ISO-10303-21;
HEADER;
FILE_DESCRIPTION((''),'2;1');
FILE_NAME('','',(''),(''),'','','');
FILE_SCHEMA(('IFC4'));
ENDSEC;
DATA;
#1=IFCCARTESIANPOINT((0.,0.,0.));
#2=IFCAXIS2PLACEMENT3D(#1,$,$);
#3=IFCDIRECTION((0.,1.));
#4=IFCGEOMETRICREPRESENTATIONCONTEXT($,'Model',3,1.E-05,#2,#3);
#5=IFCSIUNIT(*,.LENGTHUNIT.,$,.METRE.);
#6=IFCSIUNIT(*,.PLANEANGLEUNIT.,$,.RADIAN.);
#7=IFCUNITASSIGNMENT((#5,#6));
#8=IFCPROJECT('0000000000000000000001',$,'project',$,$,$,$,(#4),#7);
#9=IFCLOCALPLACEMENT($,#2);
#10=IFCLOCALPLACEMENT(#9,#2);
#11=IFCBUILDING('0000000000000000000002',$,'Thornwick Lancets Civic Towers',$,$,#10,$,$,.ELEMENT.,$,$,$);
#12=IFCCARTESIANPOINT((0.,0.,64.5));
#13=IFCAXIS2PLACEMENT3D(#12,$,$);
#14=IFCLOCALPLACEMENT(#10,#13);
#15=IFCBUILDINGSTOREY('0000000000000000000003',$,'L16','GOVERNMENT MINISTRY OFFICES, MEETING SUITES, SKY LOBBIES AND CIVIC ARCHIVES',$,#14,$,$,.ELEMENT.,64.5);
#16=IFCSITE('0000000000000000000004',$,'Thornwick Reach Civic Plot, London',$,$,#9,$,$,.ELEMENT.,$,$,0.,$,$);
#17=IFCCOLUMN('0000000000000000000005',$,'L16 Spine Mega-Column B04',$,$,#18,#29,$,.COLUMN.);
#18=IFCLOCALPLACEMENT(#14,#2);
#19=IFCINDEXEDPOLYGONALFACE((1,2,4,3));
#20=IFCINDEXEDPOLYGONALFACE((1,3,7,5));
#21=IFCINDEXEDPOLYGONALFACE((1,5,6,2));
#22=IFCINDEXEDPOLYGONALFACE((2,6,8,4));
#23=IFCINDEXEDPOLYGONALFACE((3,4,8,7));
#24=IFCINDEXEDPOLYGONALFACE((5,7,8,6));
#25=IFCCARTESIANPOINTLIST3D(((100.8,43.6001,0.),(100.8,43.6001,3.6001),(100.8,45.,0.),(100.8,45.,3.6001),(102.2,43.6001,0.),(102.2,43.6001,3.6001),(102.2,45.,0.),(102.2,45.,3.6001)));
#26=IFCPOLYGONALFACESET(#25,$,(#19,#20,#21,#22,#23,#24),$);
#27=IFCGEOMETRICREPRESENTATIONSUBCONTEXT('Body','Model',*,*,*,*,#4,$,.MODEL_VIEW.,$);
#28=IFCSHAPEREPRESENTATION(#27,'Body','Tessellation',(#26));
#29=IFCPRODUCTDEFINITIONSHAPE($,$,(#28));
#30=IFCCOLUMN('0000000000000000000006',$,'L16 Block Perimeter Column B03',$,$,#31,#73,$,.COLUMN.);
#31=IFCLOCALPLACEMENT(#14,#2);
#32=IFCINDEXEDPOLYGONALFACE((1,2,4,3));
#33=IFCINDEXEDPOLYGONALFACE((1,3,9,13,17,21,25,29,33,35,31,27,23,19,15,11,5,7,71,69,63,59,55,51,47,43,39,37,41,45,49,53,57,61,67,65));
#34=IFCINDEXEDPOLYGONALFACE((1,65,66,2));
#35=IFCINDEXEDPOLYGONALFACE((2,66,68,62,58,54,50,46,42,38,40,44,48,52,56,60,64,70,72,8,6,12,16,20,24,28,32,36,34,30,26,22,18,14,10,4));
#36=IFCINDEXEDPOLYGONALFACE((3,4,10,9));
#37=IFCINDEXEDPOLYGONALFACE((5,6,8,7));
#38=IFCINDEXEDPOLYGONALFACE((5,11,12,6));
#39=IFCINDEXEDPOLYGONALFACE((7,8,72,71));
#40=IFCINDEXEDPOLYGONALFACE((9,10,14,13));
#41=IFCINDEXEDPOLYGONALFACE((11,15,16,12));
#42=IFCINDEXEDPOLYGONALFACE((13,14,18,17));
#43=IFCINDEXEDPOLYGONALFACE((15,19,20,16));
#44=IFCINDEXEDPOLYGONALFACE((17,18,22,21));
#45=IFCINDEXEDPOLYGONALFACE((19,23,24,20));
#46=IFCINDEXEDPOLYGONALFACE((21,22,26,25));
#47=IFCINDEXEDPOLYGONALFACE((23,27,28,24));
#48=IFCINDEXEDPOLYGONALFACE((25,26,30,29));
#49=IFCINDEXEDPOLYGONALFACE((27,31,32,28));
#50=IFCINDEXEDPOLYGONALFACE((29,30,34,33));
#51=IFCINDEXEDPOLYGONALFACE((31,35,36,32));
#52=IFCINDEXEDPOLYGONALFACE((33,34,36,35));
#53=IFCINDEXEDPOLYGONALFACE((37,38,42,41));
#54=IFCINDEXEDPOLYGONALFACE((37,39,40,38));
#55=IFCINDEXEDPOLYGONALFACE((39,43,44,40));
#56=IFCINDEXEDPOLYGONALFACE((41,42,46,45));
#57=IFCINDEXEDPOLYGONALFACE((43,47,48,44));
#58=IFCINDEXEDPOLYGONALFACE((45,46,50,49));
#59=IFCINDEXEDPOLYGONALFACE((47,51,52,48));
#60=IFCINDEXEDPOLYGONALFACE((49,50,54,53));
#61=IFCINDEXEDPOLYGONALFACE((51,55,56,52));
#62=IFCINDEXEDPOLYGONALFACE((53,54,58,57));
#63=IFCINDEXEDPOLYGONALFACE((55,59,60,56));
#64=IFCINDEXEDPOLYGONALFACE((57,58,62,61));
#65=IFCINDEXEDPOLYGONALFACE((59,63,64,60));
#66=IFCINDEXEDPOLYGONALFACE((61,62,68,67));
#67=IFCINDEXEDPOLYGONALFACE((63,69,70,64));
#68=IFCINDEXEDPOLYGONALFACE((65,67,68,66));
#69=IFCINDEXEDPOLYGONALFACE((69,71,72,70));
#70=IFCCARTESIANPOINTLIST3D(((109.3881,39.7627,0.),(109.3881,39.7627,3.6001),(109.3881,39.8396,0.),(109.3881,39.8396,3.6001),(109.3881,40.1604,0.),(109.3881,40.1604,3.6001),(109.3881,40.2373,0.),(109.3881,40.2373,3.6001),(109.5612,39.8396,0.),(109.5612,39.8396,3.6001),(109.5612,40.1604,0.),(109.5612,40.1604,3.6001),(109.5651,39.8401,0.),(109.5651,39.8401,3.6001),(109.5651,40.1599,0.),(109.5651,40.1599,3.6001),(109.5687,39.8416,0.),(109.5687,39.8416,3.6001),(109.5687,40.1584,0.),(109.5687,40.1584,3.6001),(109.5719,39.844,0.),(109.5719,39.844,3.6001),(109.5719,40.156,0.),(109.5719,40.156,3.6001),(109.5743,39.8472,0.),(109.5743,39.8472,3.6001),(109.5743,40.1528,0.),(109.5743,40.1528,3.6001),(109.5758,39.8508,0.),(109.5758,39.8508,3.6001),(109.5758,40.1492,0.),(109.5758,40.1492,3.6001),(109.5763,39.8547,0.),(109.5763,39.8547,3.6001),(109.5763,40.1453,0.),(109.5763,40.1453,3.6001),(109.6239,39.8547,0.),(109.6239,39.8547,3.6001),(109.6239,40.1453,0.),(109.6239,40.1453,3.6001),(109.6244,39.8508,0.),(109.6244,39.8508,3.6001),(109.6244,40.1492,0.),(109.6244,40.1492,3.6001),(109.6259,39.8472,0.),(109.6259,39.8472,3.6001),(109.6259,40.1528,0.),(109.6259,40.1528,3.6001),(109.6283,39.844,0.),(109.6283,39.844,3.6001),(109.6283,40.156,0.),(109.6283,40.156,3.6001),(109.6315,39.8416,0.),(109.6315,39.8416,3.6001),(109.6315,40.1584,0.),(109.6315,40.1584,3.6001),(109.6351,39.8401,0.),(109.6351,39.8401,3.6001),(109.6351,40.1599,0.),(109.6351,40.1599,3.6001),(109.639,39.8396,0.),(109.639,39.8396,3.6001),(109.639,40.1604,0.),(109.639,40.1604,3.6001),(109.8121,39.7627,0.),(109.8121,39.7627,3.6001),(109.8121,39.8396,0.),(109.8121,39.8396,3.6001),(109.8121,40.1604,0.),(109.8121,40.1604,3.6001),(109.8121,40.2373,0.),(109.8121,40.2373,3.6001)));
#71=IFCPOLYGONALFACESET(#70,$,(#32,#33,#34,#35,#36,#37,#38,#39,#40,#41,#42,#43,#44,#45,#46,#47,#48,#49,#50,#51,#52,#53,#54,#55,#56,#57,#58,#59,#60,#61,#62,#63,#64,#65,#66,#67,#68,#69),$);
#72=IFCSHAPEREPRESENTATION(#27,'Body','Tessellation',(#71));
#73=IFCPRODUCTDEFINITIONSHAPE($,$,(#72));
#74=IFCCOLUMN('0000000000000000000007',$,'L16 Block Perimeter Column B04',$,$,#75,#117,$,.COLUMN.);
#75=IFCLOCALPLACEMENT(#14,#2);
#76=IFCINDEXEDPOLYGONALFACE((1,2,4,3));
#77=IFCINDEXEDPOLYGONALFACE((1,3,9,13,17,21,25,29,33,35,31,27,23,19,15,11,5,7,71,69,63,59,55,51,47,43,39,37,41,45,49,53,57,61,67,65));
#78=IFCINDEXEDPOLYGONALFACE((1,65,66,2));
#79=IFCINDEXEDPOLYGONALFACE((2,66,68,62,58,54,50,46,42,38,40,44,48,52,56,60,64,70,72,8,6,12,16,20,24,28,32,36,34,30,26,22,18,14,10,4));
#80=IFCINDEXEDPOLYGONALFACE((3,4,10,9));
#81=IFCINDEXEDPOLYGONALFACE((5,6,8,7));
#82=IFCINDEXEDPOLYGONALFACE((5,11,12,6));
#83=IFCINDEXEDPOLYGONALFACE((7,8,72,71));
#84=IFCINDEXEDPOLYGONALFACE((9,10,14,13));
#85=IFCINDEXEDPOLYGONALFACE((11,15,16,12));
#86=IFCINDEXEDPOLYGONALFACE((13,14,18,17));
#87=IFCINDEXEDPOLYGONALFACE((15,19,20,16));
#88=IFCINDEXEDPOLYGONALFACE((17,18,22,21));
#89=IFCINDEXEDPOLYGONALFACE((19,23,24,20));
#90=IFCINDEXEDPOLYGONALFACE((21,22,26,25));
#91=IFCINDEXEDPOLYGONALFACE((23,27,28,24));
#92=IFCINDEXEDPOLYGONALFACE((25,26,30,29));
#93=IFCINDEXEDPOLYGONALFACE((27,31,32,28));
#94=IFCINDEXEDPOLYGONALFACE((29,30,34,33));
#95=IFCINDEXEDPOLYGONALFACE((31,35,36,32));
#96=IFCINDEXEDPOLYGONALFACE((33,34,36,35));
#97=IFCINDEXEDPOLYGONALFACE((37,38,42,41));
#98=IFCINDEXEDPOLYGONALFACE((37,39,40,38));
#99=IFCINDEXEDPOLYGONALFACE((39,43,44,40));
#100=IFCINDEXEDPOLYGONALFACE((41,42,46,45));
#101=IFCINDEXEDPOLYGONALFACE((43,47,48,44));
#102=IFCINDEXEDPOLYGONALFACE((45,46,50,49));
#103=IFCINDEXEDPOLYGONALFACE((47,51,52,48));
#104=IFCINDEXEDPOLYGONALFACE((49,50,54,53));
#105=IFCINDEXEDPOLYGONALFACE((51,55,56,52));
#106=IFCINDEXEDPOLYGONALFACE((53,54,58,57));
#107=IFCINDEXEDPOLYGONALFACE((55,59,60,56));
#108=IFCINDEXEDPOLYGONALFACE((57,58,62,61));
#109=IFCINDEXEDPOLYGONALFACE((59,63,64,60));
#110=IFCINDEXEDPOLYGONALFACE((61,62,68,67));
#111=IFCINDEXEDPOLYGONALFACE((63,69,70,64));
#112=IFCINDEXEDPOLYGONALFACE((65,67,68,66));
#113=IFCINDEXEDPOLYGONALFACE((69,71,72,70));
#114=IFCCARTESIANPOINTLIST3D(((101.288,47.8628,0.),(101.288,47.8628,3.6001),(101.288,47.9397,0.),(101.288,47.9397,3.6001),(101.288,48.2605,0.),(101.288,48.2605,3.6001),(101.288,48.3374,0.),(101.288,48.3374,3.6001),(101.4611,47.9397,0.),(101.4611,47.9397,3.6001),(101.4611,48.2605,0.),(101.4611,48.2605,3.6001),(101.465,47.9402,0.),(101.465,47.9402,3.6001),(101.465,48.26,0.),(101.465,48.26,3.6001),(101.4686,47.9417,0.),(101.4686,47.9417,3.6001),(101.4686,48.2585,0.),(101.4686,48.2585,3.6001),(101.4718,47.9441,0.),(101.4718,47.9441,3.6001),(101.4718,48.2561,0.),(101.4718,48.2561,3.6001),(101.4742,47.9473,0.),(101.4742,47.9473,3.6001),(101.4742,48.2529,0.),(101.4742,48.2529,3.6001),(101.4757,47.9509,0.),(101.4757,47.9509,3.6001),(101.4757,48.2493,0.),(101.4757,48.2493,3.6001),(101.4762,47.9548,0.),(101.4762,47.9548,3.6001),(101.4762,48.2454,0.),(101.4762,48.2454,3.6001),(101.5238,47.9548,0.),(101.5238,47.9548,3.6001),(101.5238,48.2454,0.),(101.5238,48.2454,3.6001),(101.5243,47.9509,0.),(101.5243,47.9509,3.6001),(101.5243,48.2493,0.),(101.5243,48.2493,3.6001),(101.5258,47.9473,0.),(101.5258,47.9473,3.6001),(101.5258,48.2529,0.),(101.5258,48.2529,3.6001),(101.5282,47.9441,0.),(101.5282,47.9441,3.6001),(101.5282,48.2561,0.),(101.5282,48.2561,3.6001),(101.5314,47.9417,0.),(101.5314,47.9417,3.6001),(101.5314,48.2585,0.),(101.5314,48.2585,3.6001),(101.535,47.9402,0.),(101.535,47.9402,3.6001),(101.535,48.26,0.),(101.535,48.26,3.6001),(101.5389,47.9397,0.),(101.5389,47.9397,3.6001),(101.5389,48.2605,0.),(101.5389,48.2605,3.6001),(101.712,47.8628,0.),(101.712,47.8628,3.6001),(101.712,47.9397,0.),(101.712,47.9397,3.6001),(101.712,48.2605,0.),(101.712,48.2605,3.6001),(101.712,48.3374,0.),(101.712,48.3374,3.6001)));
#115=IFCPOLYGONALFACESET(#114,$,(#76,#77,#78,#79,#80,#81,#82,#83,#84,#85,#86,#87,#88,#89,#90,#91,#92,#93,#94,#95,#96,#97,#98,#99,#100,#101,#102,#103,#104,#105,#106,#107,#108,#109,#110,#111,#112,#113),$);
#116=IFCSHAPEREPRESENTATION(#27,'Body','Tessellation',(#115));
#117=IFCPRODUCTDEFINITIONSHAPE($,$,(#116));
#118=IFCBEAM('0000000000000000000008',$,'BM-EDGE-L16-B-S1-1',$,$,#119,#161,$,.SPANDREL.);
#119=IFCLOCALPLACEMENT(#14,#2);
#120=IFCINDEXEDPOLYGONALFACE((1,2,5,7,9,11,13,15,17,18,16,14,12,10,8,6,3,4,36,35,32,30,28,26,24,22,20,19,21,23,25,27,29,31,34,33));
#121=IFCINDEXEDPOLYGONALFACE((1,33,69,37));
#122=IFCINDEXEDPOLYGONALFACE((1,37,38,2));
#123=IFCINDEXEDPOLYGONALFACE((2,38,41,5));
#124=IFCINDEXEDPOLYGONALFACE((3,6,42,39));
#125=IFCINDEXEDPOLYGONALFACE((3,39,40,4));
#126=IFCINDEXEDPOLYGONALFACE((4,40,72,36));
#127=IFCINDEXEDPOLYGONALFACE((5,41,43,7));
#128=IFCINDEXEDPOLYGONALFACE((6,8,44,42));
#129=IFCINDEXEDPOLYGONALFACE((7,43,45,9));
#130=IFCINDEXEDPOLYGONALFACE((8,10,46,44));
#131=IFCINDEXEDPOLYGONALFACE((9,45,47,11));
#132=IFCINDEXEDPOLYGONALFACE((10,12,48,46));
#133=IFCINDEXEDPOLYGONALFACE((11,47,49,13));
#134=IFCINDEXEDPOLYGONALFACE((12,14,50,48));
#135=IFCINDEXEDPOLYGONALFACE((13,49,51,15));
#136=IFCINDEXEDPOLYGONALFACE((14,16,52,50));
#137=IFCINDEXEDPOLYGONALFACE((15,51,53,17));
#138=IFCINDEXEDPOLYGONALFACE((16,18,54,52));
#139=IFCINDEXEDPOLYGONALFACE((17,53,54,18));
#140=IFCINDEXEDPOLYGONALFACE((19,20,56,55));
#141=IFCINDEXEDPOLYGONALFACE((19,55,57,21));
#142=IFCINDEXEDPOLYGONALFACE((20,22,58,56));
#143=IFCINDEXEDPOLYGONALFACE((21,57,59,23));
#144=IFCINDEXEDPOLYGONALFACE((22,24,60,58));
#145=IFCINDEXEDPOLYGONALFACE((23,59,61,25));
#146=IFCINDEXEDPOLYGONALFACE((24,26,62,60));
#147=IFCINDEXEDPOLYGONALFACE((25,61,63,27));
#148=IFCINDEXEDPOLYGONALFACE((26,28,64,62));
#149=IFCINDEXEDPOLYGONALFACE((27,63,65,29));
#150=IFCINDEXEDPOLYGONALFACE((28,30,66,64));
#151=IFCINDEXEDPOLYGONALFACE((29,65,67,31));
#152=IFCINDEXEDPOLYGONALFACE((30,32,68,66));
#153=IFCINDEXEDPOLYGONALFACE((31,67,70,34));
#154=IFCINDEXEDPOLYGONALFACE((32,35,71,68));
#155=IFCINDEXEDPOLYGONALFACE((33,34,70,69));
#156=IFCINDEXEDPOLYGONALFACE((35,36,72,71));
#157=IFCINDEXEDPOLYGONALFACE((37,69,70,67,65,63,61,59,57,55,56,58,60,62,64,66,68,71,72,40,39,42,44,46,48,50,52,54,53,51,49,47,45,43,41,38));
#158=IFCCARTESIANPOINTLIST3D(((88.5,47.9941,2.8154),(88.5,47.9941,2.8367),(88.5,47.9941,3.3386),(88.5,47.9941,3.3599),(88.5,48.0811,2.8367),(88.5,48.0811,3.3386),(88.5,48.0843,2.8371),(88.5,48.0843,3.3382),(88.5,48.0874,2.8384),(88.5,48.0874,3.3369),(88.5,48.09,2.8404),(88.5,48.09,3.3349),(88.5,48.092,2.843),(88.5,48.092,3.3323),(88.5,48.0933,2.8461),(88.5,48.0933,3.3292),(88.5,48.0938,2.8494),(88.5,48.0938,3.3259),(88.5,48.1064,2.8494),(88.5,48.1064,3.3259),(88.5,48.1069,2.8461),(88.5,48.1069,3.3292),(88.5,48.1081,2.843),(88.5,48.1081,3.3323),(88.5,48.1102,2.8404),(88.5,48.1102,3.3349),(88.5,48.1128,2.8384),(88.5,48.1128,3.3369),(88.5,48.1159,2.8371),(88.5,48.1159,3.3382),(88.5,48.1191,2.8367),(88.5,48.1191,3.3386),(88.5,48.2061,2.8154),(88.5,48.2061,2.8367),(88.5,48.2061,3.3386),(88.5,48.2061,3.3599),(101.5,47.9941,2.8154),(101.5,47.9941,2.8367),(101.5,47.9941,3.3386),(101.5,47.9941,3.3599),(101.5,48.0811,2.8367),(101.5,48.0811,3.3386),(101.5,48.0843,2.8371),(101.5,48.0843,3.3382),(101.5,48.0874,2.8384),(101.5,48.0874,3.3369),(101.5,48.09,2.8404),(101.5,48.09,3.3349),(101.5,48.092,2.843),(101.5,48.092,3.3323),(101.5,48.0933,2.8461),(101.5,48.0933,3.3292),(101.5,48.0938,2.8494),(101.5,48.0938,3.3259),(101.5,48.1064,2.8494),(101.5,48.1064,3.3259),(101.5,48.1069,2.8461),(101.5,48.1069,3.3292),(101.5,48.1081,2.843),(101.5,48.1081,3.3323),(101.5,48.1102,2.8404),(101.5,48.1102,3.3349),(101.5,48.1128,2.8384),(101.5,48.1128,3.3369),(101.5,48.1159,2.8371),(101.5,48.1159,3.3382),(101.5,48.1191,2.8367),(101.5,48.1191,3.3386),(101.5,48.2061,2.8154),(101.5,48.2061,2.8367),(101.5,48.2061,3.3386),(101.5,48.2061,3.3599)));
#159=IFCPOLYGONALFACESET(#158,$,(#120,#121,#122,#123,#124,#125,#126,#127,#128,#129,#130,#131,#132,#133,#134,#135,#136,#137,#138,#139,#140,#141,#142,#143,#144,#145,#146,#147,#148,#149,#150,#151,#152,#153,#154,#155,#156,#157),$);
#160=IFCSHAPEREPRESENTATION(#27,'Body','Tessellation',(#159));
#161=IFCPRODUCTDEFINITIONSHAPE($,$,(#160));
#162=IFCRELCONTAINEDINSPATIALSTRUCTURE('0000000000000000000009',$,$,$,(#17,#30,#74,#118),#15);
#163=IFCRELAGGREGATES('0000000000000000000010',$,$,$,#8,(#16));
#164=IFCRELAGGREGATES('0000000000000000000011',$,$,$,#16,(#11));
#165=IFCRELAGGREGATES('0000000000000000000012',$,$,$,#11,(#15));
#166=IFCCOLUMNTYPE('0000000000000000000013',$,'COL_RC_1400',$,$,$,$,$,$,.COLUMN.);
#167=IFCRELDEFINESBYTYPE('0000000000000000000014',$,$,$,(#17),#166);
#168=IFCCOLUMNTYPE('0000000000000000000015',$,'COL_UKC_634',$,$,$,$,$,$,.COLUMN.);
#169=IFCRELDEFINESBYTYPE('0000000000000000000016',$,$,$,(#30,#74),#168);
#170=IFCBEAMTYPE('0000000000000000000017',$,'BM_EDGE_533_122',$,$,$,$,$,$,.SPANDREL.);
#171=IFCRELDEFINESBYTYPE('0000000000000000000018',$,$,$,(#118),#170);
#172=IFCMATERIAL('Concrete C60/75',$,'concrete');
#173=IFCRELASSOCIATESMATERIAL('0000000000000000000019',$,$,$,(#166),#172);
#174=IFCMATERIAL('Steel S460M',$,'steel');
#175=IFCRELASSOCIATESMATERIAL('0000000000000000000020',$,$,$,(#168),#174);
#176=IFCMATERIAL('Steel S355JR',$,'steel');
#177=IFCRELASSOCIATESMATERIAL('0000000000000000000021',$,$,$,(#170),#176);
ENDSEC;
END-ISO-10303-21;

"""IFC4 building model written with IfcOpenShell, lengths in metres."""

from ifc_helpers import new_model, si_unit, direction, frame, origin, origin_2d, place, context, subcontext, project, spatial, rectangle, i_section, extrude, material, material_profile, profile_set, type_object, element, save


model = new_model("IFC4")

# Units and contexts
model_context = context("Model", 3, precision=1e-05, world=origin(), true_north=direction((0.0, 1.0)))
body_context = subcontext(model_context, "Body", "Model", "MODEL_VIEW")
ifc_project = project(units=[si_unit("LENGTHUNIT", "METRE"), si_unit("PLANEANGLEUNIT", "RADIAN")], contexts=[model_context])

# Site, building, storey
site_placement = place(None, origin())
site = spatial("IfcSite", under=ifc_project, at=site_placement, Name="Thornwick Reach Civic Plot, London", CompositionType="ELEMENT", RefElevation=0.0)
building_placement = place(site_placement, origin())
building = spatial("IfcBuilding", under=site, at=building_placement, Name="Thornwick Lancets Civic Towers", CompositionType="ELEMENT")
storey_placement = place(building_placement, frame((0.0, 0.0, 64.5)))
storey = spatial("IfcBuildingStorey", under=building, at=storey_placement, Name="L16", Description="GOVERNMENT MINISTRY OFFICES, MEETING SUITES, SKY LOBBIES AND CIVIC ARCHIVES", CompositionType="ELEMENT", Elevation=64.5)

# Columns
ifc_material_1 = material(Name="Concrete C60/75", Category="concrete")
ifc_material_profile_1 = material_profile(ifc_material_1, rectangle(XDim=1.3999, YDim=1.3999, at=origin_2d()), Name="RC 1400x1400")
ifc_profile_set_1 = profile_set([ifc_material_profile_1], Name="Concrete C60/75")
column_type_1 = type_object("IfcColumnType", Name="COL_RC_1400", PredefinedType="COLUMN", material=ifc_profile_set_1)
column_placement = place(storey_placement, frame((101.5, 44.3, 0.0), z_axis=(0.0, 0.0, 1.0), x_axis=(1.0, 0.0, 0.0)))
element("IfcColumn", 1, at=column_placement, inside=storey, type_object=column_type_1, Name="L16 Spine Mega-Column B04", PredefinedType="COLUMN", context=body_context, shape_type="SweptSolid", body=[
    extrude(rectangle(XDim=1.3999, YDim=1.3999, at=origin_2d()), origin(), (0.0, 0.0, 1.0), 3.6001),
])
ifc_material_2 = material(Name="Steel S460M", Category="steel")
ifc_material_profile_2 = material_profile(ifc_material_2, i_section(OverallWidth=0.4241, OverallDepth=0.4746, WebThickness=0.0476, FlangeThickness=0.0769, FilletRadius=0.0151, at=origin_2d()), Name="UKC 356x406x634")
ifc_profile_set_2 = profile_set([ifc_material_profile_2], Name="Steel S460M")
column_type_2 = type_object("IfcColumnType", Name="COL_UKC_634", PredefinedType="COLUMN", material=ifc_profile_set_2)
for number, where, z_axis, x_axis, name in (
    (2, (109.6001, 40.0, 0.0), (0.0, 0.0, 1.0), (1.0, 0.0, 0.0), "L16 Block Perimeter Column B03"),
    (3, (101.5, 48.1001, 0.0), (0.0, 0.0, 1.0), (1.0, 0.0, 0.0), "L16 Block Perimeter Column B04"),
):
    element("IfcColumn", number, at=place(storey_placement, frame(where, z_axis=z_axis, x_axis=x_axis)), inside=storey, type_object=column_type_2, Name=name, PredefinedType="COLUMN", context=body_context, shape_type="SweptSolid", body=[
        extrude(i_section(OverallWidth=0.4241, OverallDepth=0.4746, WebThickness=0.0476, FlangeThickness=0.0769, FilletRadius=0.0151, at=origin_2d()), origin(), (0.0, 0.0, 1.0), 3.6001),
    ])

# Beam
ifc_material_3 = material(Name="Steel S355JR", Category="steel")
ifc_material_profile_3 = material_profile(ifc_material_3, i_section(OverallWidth=0.2119, OverallDepth=0.5444, WebThickness=0.0127, FlangeThickness=0.0212, FilletRadius=0.0127, at=origin_2d()), Name="UKB 533x210x122")
ifc_profile_set_3 = profile_set([ifc_material_profile_3], Name="Steel S355JR")
beam_type_1 = type_object("IfcBeamType", Name="BM_EDGE_533_122", PredefinedType="SPANDREL", material=ifc_profile_set_3)
beam_1_placement = place(storey_placement, frame((101.5, 48.1001, 3.0876), z_axis=(-1.0, 0.0, 0.0), x_axis=(0.0, -1.0, 0.0)))
element("IfcBeam", 4, at=beam_1_placement, inside=storey, type_object=beam_type_1, Name="BM-EDGE-L16-B-S1-1", PredefinedType="SPANDREL", context=body_context, shape_type="SweptSolid", body=[
    extrude(i_section(OverallWidth=0.2119, OverallDepth=0.5444, WebThickness=0.0127, FlangeThickness=0.0212, FilletRadius=0.0127, at=origin_2d()), origin(), (0.0, 0.0, 1.0), 13.0),
])

save(model, "model.ifc")
